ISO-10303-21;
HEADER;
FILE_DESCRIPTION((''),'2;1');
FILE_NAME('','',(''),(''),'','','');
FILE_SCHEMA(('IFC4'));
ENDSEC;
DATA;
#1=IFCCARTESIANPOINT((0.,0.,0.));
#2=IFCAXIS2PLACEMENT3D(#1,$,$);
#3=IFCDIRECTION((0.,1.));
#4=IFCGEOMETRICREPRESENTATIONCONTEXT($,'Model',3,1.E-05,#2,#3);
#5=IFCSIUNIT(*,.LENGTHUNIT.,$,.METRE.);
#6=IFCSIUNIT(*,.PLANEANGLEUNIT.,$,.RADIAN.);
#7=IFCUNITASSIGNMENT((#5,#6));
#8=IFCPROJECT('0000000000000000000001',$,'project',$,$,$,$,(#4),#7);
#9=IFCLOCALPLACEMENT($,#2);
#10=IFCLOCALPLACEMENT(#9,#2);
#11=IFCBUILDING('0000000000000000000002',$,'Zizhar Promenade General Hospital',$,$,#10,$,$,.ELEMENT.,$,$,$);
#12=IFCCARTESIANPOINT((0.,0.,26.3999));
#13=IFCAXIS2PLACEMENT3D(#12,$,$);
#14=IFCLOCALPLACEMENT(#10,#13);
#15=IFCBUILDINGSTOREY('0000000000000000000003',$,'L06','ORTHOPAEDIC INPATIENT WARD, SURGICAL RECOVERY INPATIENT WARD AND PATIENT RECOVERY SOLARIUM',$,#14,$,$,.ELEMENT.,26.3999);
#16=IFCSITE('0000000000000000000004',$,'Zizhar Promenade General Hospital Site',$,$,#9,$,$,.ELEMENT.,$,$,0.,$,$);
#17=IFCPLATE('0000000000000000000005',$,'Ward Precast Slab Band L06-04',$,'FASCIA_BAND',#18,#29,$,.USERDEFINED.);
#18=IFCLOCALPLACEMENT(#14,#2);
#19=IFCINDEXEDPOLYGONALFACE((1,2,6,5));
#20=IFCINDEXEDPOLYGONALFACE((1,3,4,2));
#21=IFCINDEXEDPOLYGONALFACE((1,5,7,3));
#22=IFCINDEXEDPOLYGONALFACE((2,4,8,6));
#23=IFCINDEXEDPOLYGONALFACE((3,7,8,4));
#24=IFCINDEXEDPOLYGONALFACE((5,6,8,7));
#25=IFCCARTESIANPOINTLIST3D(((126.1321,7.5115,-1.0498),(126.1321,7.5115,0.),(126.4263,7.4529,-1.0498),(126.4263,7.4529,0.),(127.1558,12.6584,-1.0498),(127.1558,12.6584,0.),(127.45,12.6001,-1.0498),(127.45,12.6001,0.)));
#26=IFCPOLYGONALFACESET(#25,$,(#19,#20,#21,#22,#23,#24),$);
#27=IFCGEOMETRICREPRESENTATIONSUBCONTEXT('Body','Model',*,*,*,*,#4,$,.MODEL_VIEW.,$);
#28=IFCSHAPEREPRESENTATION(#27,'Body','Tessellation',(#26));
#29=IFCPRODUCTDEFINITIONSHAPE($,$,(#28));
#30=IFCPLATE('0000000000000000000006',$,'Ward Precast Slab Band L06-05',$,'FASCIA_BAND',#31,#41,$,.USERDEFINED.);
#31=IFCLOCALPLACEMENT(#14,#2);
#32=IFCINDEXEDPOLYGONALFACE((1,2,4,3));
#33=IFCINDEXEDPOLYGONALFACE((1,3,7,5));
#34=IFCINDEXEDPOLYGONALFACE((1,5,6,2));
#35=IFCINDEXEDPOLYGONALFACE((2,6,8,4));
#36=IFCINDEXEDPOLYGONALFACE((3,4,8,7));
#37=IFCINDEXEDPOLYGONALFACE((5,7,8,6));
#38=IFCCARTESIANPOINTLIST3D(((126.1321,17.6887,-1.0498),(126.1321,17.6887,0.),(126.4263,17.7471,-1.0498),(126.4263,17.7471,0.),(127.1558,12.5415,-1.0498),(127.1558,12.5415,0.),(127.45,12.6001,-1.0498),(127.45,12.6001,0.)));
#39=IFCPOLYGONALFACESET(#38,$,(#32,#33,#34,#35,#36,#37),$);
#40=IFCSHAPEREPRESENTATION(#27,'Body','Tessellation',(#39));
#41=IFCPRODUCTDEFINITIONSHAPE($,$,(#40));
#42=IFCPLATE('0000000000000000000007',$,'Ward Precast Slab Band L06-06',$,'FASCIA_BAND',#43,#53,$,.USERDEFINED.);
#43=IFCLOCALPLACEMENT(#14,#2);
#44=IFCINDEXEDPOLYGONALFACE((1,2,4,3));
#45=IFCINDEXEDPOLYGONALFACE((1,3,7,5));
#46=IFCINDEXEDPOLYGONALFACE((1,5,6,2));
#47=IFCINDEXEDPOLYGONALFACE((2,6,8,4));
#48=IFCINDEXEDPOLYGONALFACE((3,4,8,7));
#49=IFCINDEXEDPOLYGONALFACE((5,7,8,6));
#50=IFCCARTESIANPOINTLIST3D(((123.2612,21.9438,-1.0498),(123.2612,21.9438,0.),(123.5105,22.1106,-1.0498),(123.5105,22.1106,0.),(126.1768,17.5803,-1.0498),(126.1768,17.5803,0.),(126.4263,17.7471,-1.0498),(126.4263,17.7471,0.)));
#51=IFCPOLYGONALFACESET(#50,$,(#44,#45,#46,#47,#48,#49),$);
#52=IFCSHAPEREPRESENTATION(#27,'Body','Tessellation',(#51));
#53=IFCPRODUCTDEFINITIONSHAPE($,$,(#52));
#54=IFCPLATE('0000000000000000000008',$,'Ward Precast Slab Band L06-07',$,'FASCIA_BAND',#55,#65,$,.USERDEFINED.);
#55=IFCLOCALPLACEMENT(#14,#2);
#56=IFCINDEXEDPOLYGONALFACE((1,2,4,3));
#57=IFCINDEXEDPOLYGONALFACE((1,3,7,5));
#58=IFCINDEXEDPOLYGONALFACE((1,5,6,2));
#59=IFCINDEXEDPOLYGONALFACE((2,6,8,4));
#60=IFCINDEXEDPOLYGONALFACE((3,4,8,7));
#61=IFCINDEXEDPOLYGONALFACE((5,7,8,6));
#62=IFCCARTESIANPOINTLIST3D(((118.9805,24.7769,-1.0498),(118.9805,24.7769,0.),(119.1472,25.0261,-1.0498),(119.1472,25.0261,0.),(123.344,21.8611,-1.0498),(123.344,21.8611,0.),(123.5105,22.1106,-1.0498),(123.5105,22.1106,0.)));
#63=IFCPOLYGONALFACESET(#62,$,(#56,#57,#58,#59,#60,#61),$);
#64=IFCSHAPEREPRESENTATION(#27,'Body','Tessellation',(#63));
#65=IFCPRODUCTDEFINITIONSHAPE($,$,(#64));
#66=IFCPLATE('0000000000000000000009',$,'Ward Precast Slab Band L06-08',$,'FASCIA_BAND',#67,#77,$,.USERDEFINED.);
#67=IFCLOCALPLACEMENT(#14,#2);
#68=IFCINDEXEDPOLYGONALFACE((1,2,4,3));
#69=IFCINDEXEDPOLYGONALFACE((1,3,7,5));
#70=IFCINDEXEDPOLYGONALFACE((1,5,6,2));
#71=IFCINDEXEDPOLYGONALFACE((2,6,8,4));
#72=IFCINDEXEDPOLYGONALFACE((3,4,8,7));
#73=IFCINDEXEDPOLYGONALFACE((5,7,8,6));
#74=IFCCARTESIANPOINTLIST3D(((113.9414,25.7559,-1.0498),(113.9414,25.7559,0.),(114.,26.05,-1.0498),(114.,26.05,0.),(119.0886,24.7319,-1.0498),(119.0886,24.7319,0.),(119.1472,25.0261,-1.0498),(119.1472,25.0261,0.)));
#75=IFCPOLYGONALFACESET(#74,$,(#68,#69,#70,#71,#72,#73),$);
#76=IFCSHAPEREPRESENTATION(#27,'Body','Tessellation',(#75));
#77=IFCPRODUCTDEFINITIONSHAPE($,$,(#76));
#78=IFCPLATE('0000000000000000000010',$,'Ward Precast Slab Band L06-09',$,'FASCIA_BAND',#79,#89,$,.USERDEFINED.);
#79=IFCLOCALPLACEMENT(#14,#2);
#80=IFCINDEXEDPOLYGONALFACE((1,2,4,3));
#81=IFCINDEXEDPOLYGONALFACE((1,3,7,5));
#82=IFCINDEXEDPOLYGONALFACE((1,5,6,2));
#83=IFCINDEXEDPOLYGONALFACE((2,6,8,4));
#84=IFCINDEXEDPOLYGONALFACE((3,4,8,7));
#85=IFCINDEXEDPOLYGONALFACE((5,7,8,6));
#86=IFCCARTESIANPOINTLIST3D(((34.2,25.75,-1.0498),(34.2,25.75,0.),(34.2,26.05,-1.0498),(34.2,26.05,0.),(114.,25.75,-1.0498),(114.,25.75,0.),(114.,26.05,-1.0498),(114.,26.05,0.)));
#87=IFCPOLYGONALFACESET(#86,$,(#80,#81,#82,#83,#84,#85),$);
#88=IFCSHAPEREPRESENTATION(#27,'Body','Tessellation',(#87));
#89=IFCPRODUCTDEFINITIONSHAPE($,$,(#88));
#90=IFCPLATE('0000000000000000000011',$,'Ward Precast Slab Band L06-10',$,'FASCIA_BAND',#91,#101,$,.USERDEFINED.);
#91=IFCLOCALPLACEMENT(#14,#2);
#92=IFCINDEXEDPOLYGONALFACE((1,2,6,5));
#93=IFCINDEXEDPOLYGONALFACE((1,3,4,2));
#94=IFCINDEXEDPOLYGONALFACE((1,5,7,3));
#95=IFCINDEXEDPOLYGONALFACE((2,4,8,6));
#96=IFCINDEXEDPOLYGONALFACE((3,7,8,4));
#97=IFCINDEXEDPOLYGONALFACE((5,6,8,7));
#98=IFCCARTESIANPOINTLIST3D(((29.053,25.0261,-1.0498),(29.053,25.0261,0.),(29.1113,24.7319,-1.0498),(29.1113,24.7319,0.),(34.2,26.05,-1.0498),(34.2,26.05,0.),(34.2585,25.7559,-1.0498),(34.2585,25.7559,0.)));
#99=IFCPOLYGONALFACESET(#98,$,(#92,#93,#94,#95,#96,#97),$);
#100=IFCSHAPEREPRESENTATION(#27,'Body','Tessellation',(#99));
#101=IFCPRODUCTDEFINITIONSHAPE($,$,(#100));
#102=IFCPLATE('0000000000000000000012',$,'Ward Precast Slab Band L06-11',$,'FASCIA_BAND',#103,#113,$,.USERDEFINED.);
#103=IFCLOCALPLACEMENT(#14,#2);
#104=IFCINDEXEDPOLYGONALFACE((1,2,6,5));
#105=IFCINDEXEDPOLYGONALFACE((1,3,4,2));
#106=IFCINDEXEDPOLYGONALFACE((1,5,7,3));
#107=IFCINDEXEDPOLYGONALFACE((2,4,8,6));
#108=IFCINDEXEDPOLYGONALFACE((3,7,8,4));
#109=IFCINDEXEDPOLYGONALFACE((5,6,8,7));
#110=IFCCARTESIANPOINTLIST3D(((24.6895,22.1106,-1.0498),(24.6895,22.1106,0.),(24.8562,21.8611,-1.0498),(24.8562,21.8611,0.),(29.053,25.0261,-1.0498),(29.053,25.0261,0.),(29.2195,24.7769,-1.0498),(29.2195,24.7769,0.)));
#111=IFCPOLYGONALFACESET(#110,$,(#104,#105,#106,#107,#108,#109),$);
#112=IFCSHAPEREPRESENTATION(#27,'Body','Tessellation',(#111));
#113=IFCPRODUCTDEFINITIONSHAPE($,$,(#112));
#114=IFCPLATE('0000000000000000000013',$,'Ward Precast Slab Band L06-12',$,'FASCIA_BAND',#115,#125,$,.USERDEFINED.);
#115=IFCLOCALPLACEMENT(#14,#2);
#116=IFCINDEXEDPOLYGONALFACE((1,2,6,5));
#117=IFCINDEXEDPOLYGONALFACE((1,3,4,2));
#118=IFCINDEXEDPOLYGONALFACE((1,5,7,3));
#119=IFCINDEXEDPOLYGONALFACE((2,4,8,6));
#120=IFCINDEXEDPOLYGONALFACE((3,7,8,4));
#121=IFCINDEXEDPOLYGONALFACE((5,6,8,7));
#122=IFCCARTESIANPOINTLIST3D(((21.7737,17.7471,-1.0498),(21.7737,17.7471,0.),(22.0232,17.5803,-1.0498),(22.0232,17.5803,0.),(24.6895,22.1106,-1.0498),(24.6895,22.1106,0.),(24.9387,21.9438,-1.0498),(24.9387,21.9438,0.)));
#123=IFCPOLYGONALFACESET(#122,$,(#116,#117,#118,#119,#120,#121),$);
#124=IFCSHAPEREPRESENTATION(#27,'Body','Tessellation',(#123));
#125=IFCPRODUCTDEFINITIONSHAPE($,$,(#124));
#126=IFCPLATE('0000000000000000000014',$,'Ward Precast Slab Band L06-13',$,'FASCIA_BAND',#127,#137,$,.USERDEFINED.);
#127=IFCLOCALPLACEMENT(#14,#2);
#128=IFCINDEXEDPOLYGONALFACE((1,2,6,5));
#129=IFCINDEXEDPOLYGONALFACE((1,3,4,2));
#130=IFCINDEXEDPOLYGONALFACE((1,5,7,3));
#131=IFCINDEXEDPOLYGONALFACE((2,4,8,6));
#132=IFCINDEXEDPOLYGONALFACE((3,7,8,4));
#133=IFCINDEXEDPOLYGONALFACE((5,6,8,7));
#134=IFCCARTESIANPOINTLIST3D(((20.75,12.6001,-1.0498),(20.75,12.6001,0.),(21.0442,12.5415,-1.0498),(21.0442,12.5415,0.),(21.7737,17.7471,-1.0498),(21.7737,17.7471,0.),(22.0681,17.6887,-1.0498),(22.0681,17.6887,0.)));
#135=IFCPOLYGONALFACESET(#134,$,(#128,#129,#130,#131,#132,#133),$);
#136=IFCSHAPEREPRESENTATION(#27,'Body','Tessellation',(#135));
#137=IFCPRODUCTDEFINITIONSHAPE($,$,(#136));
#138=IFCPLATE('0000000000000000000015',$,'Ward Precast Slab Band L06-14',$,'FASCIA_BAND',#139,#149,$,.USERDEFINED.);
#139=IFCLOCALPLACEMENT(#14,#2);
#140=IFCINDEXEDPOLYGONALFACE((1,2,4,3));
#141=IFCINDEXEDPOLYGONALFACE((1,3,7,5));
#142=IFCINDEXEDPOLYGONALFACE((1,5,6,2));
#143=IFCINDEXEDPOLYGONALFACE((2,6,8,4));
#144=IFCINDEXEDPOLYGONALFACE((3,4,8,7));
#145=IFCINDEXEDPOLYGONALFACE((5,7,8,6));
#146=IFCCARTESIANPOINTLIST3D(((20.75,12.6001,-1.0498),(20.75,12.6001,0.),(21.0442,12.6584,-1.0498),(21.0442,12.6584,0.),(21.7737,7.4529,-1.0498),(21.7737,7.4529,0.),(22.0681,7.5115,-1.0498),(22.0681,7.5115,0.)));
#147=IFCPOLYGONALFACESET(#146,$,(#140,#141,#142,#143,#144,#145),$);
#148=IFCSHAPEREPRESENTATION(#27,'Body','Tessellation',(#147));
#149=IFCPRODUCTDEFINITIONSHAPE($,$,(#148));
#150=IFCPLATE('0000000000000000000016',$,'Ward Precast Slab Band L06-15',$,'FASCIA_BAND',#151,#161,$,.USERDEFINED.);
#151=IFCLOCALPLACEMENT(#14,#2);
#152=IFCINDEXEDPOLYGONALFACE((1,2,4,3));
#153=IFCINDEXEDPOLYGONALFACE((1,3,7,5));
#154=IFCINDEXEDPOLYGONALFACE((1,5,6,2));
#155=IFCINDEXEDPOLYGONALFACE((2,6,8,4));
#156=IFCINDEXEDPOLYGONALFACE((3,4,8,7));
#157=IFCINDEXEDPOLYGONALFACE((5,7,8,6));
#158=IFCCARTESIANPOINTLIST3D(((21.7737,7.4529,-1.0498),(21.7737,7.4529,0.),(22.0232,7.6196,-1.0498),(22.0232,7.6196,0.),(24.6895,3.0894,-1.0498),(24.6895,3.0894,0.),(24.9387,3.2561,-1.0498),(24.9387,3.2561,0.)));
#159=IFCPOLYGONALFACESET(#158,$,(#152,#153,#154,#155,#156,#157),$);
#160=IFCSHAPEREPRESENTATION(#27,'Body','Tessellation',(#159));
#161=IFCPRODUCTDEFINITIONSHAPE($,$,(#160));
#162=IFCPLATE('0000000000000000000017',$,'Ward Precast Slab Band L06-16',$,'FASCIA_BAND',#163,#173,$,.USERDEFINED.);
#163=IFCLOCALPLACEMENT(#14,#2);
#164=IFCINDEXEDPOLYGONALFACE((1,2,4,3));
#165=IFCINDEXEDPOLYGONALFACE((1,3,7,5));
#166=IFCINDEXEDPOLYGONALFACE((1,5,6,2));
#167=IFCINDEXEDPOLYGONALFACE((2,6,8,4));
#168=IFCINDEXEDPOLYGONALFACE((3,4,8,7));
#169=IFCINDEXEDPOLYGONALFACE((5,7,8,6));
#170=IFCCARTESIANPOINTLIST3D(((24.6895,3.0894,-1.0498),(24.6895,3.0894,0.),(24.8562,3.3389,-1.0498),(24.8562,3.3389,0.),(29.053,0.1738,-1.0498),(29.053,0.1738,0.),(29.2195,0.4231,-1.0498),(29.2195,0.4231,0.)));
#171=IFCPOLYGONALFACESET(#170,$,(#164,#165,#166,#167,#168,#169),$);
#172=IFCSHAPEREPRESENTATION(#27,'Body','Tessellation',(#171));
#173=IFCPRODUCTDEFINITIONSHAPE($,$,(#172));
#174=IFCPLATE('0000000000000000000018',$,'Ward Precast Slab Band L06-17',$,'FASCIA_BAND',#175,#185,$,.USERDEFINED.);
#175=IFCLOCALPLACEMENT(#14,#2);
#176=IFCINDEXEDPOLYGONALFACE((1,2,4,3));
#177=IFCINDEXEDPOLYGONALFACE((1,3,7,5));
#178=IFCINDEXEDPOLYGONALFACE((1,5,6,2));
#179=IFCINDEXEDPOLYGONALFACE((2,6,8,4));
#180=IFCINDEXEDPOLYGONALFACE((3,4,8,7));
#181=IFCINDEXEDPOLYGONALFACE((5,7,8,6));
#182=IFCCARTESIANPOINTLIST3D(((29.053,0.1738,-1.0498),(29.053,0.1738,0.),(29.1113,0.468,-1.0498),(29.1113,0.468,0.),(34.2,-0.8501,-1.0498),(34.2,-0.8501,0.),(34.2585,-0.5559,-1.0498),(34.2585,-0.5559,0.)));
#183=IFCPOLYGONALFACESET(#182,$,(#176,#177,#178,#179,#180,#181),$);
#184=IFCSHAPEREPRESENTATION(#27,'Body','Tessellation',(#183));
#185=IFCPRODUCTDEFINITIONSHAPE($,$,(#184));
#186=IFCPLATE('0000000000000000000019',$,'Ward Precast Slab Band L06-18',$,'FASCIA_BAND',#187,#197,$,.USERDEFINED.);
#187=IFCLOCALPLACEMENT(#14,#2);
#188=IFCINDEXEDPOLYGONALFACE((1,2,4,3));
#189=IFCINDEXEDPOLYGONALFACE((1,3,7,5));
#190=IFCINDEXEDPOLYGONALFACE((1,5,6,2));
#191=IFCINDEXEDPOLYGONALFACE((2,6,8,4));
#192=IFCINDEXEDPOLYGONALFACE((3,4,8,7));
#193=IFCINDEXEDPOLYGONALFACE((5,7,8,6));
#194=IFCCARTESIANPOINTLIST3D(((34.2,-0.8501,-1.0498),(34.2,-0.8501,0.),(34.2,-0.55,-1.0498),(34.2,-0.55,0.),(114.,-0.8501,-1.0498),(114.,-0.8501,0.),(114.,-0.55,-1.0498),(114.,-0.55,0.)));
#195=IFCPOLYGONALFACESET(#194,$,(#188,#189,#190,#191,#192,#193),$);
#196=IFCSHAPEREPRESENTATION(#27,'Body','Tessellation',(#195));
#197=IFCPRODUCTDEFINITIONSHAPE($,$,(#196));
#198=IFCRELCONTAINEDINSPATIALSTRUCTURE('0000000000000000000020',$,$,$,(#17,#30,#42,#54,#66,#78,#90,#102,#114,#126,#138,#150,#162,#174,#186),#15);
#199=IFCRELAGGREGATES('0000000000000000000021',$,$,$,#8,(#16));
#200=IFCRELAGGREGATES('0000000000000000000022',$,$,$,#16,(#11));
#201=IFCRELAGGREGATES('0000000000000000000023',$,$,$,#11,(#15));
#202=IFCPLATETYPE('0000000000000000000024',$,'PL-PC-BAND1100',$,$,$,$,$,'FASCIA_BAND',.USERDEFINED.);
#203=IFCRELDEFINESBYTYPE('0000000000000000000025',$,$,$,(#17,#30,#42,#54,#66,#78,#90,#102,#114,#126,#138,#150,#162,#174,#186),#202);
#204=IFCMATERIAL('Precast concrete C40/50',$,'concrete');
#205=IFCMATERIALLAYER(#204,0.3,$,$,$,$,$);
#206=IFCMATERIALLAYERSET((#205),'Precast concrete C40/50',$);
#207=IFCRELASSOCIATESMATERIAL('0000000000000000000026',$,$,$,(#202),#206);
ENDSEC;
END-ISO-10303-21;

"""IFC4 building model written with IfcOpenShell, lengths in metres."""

from ifc_helpers import new_model, si_unit, direction, frame, origin, place, context, subcontext, project, spatial, polyline, outline, extrude, material, layer, layer_set, type_object, element, save


model = new_model("IFC4")

# Units and contexts
model_context = context("Model", 3, precision=1e-05, world=origin(), true_north=direction((0.0, 1.0)))
body_context = subcontext(model_context, "Body", "Model", "MODEL_VIEW")
ifc_project = project(units=[si_unit("LENGTHUNIT", "METRE"), si_unit("PLANEANGLEUNIT", "RADIAN")], contexts=[model_context])

# Site, building, storey
site_placement = place(None, origin())
site = spatial("IfcSite", under=ifc_project, at=site_placement, Name="Zizhar Promenade General Hospital Site", CompositionType="ELEMENT", RefElevation=0.0)
building_placement = place(site_placement, origin())
building = spatial("IfcBuilding", under=site, at=building_placement, Name="Zizhar Promenade General Hospital", CompositionType="ELEMENT")
storey_placement = place(building_placement, frame((0.0, 0.0, 26.3999)))
storey = spatial("IfcBuildingStorey", under=building, at=storey_placement, Name="L06", Description="ORTHOPAEDIC INPATIENT WARD, SURGICAL RECOVERY INPATIENT WARD AND PATIENT RECOVERY SOLARIUM", CompositionType="ELEMENT", Elevation=26.3999)

# Plates
ifc_material_1 = material(Name="Precast concrete C40/50", Category="concrete")
ifc_layer_1 = layer(ifc_material_1, 0.3)
ifc_layer_set_1 = layer_set([ifc_layer_1], Name="Precast concrete C40/50")
plate_type_1 = type_object("IfcPlateType", Name="PL-PC-BAND1100", ElementType="FASCIA_BAND", PredefinedType="USERDEFINED", material=ifc_layer_set_1)
plate_1_placement = place(storey_placement, frame((0.0, 0.0, -1.0498)))
element("IfcPlate", 1, at=plate_1_placement, inside=storey, type_object=plate_type_1, Name="Ward Precast Slab Band L06-04", ObjectType="FASCIA_BAND", PredefinedType="USERDEFINED", context=body_context, shape_type="SweptSolid", body=[
    extrude(outline(polyline([(126.4263, 7.4529), (127.45, 12.6001), (127.1558, 12.6584), (126.1321, 7.5115), (126.4263, 7.4529)])), origin(), (0.0, 0.0, 1.0), 1.0498),
])
plate_2_placement = place(storey_placement, frame((0.0, 0.0, -1.0498)))
element("IfcPlate", 2, at=plate_2_placement, inside=storey, type_object=plate_type_1, Name="Ward Precast Slab Band L06-05", ObjectType="FASCIA_BAND", PredefinedType="USERDEFINED", context=body_context, shape_type="SweptSolid", body=[
    extrude(outline(polyline([(127.45, 12.6001), (126.4263, 17.7471), (126.1321, 17.6887), (127.1558, 12.5415), (127.45, 12.6001)])), origin(), (0.0, 0.0, 1.0), 1.0498),
])
plate_3_placement = place(storey_placement, frame((0.0, 0.0, -1.0498)))
element("IfcPlate", 3, at=plate_3_placement, inside=storey, type_object=plate_type_1, Name="Ward Precast Slab Band L06-06", ObjectType="FASCIA_BAND", PredefinedType="USERDEFINED", context=body_context, shape_type="SweptSolid", body=[
    extrude(outline(polyline([(126.4263, 17.7471), (123.5105, 22.1106), (123.2612, 21.9438), (126.1768, 17.5803), (126.4263, 17.7471)])), origin(), (0.0, 0.0, 1.0), 1.0498),
])
plate_4_placement = place(storey_placement, frame((0.0, 0.0, -1.0498)))
element("IfcPlate", 4, at=plate_4_placement, inside=storey, type_object=plate_type_1, Name="Ward Precast Slab Band L06-07", ObjectType="FASCIA_BAND", PredefinedType="USERDEFINED", context=body_context, shape_type="SweptSolid", body=[
    extrude(outline(polyline([(123.5105, 22.1106), (119.1472, 25.0261), (118.9805, 24.7769), (123.344, 21.8611), (123.5105, 22.1106)])), origin(), (0.0, 0.0, 1.0), 1.0498),
])
plate_5_placement = place(storey_placement, frame((0.0, 0.0, -1.0498)))
element("IfcPlate", 5, at=plate_5_placement, inside=storey, type_object=plate_type_1, Name="Ward Precast Slab Band L06-08", ObjectType="FASCIA_BAND", PredefinedType="USERDEFINED", context=body_context, shape_type="SweptSolid", body=[
    extrude(outline(polyline([(119.1472, 25.0261), (114.0, 26.05), (113.9414, 25.7559), (119.0886, 24.7319), (119.1472, 25.0261)])), origin(), (0.0, 0.0, 1.0), 1.0498),
])
plate_6_placement = place(storey_placement, frame((0.0, 0.0, -1.0498)))
element("IfcPlate", 6, at=plate_6_placement, inside=storey, type_object=plate_type_1, Name="Ward Precast Slab Band L06-09", ObjectType="FASCIA_BAND", PredefinedType="USERDEFINED", context=body_context, shape_type="SweptSolid", body=[
    extrude(outline(polyline([(114.0, 26.05), (34.2, 26.05), (34.2, 25.75), (114.0, 25.75), (114.0, 26.05)])), origin(), (0.0, 0.0, 1.0), 1.0498),
])
plate_7_placement = place(storey_placement, frame((0.0, 0.0, -1.0498)))
element("IfcPlate", 7, at=plate_7_placement, inside=storey, type_object=plate_type_1, Name="Ward Precast Slab Band L06-10", ObjectType="FASCIA_BAND", PredefinedType="USERDEFINED", context=body_context, shape_type="SweptSolid", body=[
    extrude(outline(polyline([(34.2, 26.05), (29.053, 25.0261), (29.1113, 24.7319), (34.2585, 25.7559), (34.2, 26.05)])), origin(), (0.0, 0.0, 1.0), 1.0498),
])
plate_8_placement = place(storey_placement, frame((0.0, 0.0, -1.0498)))
element("IfcPlate", 8, at=plate_8_placement, inside=storey, type_object=plate_type_1, Name="Ward Precast Slab Band L06-11", ObjectType="FASCIA_BAND", PredefinedType="USERDEFINED", context=body_context, shape_type="SweptSolid", body=[
    extrude(outline(polyline([(29.053, 25.0261), (24.6895, 22.1106), (24.8562, 21.8611), (29.2195, 24.7769), (29.053, 25.0261)])), origin(), (0.0, 0.0, 1.0), 1.0498),
])
plate_9_placement = place(storey_placement, frame((0.0, 0.0, -1.0498)))
element("IfcPlate", 9, at=plate_9_placement, inside=storey, type_object=plate_type_1, Name="Ward Precast Slab Band L06-12", ObjectType="FASCIA_BAND", PredefinedType="USERDEFINED", context=body_context, shape_type="SweptSolid", body=[
    extrude(outline(polyline([(24.6895, 22.1106), (21.7737, 17.7471), (22.0232, 17.5803), (24.9387, 21.9438), (24.6895, 22.1106)])), origin(), (0.0, 0.0, 1.0), 1.0498),
])
plate_10_placement = place(storey_placement, frame((0.0, 0.0, -1.0498)))
element("IfcPlate", 10, at=plate_10_placement, inside=storey, type_object=plate_type_1, Name="Ward Precast Slab Band L06-13", ObjectType="FASCIA_BAND", PredefinedType="USERDEFINED", context=body_context, shape_type="SweptSolid", body=[
    extrude(outline(polyline([(21.7737, 17.7471), (20.75, 12.6001), (21.0442, 12.5415), (22.0681, 17.6887), (21.7737, 17.7471)])), origin(), (0.0, 0.0, 1.0), 1.0498),
])
plate_11_placement = place(storey_placement, frame((0.0, 0.0, -1.0498)))
element("IfcPlate", 11, at=plate_11_placement, inside=storey, type_object=plate_type_1, Name="Ward Precast Slab Band L06-14", ObjectType="FASCIA_BAND", PredefinedType="USERDEFINED", context=body_context, shape_type="SweptSolid", body=[
    extrude(outline(polyline([(20.75, 12.6001), (21.7737, 7.4529), (22.0681, 7.5115), (21.0442, 12.6584), (20.75, 12.6001)])), origin(), (0.0, 0.0, 1.0), 1.0498),
])
plate_12_placement = place(storey_placement, frame((0.0, 0.0, -1.0498)))
element("IfcPlate", 12, at=plate_12_placement, inside=storey, type_object=plate_type_1, Name="Ward Precast Slab Band L06-15", ObjectType="FASCIA_BAND", PredefinedType="USERDEFINED", context=body_context, shape_type="SweptSolid", body=[
    extrude(outline(polyline([(21.7737, 7.4529), (24.6895, 3.0894), (24.9387, 3.2561), (22.0232, 7.6196), (21.7737, 7.4529)])), origin(), (0.0, 0.0, 1.0), 1.0498),
])
plate_13_placement = place(storey_placement, frame((0.0, 0.0, -1.0498)))
element("IfcPlate", 13, at=plate_13_placement, inside=storey, type_object=plate_type_1, Name="Ward Precast Slab Band L06-16", ObjectType="FASCIA_BAND", PredefinedType="USERDEFINED", context=body_context, shape_type="SweptSolid", body=[
    extrude(outline(polyline([(24.6895, 3.0894), (29.053, 0.1738), (29.2195, 0.4231), (24.8562, 3.3389), (24.6895, 3.0894)])), origin(), (0.0, 0.0, 1.0), 1.0498),
])
plate_14_placement = place(storey_placement, frame((0.0, 0.0, -1.0498)))
element("IfcPlate", 14, at=plate_14_placement, inside=storey, type_object=plate_type_1, Name="Ward Precast Slab Band L06-17", ObjectType="FASCIA_BAND", PredefinedType="USERDEFINED", context=body_context, shape_type="SweptSolid", body=[
    extrude(outline(polyline([(29.053, 0.1738), (34.2, -0.8501), (34.2585, -0.5559), (29.1113, 0.468), (29.053, 0.1738)])), origin(), (0.0, 0.0, 1.0), 1.0498),
])
plate_15_placement = place(storey_placement, frame((0.0, 0.0, -1.0498)))
element("IfcPlate", 15, at=plate_15_placement, inside=storey, type_object=plate_type_1, Name="Ward Precast Slab Band L06-18", ObjectType="FASCIA_BAND", PredefinedType="USERDEFINED", context=body_context, shape_type="SweptSolid", body=[
    extrude(outline(polyline([(34.2, -0.8501), (114.0, -0.8501), (114.0, -0.55), (34.2, -0.55), (34.2, -0.8501)])), origin(), (0.0, 0.0, 1.0), 1.0498),
])

save(model, "model.ifc")
